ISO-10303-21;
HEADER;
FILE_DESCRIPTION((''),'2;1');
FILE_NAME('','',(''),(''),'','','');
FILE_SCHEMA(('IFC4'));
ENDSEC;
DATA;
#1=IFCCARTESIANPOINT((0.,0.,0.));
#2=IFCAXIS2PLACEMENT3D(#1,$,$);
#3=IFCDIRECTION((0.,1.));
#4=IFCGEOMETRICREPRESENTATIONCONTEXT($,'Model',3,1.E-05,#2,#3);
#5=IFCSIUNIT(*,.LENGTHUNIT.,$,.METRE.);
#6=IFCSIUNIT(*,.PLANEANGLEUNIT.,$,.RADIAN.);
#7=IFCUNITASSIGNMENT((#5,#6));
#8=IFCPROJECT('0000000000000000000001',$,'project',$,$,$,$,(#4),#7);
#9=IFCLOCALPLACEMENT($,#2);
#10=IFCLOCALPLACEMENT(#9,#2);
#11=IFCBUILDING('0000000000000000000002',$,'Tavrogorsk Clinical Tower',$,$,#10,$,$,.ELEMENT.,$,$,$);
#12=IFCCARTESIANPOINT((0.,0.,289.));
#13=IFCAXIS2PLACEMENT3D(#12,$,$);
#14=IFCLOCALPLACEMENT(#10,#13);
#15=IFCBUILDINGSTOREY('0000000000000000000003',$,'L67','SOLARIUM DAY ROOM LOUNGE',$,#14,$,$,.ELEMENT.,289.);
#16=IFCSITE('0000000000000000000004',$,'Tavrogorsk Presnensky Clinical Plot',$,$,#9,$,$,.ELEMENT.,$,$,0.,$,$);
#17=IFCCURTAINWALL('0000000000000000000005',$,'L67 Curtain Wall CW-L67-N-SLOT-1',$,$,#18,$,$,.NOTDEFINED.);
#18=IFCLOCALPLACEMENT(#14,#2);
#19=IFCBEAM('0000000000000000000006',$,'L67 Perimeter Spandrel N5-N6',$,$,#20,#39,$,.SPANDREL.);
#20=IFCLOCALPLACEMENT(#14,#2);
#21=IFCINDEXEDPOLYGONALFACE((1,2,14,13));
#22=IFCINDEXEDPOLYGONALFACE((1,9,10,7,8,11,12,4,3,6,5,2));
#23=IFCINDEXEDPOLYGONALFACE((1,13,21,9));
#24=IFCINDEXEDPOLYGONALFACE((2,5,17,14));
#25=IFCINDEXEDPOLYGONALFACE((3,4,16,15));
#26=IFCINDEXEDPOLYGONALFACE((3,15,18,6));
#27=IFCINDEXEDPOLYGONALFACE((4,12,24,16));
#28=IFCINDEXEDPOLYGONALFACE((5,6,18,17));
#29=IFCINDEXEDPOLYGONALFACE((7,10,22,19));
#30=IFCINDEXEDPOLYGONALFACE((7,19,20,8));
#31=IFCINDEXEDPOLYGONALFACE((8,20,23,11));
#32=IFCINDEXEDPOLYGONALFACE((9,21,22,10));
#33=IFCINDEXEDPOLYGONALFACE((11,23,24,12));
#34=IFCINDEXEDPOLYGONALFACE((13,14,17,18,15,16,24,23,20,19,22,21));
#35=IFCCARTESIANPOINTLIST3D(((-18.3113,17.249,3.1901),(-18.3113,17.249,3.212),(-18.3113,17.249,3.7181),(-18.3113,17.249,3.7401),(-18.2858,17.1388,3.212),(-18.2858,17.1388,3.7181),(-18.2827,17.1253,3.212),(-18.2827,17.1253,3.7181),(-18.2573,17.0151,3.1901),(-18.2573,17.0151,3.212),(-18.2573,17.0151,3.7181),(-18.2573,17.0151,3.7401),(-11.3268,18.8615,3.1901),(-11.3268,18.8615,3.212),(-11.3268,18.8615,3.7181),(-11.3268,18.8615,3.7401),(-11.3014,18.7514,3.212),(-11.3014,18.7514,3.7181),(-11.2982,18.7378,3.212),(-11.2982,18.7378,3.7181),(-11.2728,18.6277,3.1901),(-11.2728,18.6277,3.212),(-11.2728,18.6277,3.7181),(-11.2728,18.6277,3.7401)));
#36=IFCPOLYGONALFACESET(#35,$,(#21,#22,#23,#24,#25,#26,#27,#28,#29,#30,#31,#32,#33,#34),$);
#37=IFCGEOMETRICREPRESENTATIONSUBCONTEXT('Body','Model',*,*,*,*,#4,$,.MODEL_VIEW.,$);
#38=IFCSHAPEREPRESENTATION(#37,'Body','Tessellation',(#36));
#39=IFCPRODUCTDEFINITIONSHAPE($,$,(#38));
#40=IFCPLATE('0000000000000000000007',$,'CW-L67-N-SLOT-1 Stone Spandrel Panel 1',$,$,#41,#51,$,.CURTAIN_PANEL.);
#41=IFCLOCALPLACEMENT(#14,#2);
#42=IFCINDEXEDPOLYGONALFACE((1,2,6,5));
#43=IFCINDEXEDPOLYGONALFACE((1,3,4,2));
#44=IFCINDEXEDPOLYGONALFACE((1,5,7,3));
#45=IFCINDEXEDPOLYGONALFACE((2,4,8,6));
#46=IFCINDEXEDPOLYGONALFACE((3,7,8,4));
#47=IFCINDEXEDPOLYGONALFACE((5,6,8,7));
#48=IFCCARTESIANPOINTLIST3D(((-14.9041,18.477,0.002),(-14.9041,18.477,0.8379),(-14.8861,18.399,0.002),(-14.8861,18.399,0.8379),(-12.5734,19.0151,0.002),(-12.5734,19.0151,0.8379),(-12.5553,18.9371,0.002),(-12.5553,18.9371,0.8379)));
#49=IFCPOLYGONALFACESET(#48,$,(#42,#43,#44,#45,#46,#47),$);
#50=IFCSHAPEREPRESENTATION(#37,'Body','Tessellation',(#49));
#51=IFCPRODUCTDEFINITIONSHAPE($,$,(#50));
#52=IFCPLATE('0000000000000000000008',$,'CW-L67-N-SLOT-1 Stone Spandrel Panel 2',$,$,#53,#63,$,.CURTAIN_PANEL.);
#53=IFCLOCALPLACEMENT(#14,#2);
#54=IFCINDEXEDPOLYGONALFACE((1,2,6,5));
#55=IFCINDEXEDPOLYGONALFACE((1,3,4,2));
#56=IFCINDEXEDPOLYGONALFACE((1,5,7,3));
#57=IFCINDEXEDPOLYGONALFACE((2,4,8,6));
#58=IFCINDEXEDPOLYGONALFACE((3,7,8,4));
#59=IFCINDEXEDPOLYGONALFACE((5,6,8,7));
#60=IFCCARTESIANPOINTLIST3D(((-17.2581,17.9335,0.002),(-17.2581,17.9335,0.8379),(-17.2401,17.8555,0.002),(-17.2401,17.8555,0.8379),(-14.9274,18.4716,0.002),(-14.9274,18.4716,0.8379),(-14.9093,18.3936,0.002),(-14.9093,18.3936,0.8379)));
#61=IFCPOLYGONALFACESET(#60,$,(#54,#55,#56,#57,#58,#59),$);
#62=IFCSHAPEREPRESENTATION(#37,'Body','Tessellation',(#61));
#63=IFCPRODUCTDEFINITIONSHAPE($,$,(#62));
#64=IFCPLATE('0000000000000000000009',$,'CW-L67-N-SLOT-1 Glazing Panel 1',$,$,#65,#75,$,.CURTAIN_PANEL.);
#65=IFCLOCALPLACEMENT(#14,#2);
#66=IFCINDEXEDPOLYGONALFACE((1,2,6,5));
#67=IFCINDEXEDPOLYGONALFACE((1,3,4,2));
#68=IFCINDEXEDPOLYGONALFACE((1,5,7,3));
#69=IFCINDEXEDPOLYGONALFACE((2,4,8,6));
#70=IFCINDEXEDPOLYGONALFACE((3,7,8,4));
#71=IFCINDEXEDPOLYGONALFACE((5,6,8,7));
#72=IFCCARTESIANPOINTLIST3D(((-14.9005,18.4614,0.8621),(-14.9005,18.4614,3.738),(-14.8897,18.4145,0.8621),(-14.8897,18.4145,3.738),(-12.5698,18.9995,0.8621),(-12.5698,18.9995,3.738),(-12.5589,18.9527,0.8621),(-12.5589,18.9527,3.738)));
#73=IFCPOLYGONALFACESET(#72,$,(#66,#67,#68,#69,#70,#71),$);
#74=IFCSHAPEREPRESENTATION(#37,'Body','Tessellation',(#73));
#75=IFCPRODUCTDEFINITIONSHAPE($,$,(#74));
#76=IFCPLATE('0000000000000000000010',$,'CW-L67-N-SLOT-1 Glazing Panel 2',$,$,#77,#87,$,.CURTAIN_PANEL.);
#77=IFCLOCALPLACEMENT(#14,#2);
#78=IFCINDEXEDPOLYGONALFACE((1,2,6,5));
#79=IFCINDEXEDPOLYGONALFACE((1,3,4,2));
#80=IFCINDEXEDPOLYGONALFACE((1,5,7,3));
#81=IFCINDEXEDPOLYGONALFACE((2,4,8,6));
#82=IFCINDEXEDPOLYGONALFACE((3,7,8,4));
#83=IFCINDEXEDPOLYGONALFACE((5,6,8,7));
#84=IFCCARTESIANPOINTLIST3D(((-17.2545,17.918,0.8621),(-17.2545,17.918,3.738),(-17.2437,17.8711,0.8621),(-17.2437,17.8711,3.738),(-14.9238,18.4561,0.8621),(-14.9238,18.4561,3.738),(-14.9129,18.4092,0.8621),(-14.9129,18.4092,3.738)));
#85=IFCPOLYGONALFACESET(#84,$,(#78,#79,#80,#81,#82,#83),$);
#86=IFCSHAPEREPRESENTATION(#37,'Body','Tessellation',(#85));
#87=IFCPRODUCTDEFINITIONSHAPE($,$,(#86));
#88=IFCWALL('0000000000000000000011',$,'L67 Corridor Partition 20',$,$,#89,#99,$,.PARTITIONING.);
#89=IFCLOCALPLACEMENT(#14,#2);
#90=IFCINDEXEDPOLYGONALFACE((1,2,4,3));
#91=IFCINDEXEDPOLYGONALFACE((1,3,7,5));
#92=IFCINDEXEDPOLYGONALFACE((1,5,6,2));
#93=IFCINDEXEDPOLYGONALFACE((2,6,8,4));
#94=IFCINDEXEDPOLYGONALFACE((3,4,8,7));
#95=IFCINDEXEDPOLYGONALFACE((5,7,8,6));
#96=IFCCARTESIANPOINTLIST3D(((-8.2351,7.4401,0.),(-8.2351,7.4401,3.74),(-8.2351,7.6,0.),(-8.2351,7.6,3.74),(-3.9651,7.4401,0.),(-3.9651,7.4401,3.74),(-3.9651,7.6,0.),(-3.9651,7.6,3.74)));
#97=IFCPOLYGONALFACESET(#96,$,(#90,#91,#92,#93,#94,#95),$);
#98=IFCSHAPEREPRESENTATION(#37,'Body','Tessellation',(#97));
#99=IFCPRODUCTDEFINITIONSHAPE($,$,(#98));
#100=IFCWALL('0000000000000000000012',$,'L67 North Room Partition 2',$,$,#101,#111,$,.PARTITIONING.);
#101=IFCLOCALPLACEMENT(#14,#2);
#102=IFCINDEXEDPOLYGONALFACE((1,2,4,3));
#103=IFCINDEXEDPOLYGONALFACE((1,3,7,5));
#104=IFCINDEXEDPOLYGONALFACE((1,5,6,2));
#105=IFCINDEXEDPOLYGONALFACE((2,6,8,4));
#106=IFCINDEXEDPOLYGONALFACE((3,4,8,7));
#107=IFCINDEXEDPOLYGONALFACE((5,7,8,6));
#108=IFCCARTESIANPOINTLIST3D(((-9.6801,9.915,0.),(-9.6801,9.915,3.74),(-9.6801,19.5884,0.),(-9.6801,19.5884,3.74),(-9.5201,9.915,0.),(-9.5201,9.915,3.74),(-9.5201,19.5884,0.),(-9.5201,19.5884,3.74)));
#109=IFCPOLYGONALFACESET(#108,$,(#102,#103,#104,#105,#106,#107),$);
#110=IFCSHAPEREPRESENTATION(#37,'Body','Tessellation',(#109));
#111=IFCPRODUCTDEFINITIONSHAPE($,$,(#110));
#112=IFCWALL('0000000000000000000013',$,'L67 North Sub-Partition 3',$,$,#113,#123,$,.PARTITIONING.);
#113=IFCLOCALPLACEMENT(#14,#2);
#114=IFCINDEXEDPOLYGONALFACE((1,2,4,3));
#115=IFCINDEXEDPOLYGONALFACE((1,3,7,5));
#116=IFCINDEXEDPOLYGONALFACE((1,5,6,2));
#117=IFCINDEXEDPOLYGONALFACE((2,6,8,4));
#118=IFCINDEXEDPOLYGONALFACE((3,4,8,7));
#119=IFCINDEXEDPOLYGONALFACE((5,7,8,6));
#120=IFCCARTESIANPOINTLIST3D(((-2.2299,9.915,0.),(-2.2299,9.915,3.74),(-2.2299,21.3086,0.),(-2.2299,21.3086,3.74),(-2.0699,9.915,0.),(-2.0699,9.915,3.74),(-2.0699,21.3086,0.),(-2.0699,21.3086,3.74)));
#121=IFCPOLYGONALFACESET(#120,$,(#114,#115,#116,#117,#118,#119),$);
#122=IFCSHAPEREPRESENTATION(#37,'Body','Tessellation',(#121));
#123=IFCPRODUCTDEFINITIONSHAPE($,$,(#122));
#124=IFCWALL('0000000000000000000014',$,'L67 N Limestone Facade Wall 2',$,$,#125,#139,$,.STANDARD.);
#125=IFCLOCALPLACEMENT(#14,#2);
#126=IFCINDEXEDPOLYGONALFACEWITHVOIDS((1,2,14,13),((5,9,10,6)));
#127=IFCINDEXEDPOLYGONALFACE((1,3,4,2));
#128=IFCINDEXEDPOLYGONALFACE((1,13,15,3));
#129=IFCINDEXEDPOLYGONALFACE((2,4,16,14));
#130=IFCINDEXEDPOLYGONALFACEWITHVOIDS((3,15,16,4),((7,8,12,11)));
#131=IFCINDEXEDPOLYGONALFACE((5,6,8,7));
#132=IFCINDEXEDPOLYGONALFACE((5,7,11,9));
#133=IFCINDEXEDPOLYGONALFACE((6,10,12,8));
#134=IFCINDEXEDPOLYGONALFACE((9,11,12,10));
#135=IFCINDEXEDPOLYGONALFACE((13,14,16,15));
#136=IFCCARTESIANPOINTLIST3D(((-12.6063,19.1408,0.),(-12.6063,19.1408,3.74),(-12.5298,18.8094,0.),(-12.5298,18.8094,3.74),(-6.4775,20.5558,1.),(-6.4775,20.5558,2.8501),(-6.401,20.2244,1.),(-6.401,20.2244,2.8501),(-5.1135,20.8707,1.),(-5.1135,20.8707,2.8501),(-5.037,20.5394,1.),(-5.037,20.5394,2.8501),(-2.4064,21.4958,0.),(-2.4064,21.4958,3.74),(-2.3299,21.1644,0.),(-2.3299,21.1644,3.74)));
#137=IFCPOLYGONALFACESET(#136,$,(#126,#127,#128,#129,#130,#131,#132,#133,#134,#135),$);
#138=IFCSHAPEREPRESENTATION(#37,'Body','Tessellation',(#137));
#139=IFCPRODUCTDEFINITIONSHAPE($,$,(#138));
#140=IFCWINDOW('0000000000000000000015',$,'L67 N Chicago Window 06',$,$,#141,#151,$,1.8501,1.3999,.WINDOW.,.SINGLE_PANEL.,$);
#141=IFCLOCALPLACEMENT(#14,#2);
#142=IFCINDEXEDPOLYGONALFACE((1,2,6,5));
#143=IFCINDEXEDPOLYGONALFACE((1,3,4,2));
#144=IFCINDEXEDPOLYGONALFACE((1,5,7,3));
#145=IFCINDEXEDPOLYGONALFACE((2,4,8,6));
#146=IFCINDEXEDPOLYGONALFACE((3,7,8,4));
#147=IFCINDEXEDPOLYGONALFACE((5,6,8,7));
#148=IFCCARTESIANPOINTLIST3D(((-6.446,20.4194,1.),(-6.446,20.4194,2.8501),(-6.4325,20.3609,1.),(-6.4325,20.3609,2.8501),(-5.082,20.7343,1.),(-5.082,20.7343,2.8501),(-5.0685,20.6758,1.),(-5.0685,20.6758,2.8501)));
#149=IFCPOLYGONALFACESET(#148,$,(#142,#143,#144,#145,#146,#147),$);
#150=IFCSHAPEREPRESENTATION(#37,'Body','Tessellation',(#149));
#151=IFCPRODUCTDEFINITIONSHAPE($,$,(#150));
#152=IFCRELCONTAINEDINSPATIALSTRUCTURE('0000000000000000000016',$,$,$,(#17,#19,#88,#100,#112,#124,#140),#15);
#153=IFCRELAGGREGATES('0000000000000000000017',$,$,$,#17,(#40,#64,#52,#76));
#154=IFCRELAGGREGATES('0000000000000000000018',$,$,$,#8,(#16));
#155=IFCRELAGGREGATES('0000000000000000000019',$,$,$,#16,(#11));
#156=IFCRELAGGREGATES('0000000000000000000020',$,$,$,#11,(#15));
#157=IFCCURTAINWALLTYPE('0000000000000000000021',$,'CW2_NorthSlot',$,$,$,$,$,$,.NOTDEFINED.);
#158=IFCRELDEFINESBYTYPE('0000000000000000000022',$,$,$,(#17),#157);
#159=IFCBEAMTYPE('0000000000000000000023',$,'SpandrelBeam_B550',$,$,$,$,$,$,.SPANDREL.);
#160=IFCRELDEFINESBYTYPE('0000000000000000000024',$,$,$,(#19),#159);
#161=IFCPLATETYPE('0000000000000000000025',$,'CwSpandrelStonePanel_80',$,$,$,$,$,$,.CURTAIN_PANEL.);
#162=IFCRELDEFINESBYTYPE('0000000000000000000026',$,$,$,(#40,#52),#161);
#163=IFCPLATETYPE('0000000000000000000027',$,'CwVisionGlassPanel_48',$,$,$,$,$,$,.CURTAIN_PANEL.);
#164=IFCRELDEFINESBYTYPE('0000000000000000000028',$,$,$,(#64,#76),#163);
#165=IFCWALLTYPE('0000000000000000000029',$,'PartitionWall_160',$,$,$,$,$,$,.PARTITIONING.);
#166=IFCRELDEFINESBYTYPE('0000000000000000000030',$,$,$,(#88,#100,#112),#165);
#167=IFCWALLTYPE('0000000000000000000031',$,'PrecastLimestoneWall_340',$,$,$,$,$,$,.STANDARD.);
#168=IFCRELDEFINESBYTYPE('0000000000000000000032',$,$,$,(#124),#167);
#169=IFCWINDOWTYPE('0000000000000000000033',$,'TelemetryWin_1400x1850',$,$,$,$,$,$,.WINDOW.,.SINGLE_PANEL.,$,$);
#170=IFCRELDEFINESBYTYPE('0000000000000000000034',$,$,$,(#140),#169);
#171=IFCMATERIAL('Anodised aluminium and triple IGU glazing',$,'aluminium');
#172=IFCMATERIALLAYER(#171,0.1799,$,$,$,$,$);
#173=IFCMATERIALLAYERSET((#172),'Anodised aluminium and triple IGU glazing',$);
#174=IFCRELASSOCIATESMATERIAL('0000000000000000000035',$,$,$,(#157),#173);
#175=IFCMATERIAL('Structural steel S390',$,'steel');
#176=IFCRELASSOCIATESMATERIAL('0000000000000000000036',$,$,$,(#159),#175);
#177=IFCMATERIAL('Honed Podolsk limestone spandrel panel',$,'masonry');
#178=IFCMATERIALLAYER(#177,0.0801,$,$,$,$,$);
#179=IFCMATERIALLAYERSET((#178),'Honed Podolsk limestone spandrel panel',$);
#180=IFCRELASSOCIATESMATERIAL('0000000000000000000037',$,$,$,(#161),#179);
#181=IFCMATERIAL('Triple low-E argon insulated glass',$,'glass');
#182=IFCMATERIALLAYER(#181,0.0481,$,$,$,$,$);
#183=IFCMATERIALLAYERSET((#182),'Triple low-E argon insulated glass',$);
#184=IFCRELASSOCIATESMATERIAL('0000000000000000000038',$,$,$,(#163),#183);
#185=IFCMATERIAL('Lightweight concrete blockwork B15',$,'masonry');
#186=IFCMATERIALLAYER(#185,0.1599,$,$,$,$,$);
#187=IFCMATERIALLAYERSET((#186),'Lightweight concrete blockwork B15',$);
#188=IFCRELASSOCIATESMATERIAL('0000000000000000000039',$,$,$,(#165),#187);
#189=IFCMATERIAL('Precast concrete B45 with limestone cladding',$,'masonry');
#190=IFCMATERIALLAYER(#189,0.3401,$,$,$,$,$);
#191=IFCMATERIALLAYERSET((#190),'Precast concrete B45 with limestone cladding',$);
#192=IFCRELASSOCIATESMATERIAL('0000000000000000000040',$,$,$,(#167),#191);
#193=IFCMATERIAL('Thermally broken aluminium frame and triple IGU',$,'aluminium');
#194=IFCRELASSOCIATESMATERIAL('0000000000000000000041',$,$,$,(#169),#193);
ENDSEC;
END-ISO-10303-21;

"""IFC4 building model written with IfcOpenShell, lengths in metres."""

from ifc_helpers import new_model, si_unit, direction, frame, frame_2d, origin, origin_2d, place, context, subcontext, project, spatial, rectangle, i_section, extrude, material, layer, layer_set, material_profile, profile_set, type_object, element, fill, aggregate, save


model = new_model("IFC4")

# Units and contexts
model_context = context("Model", 3, precision=1e-05, world=origin(), true_north=direction((0.0, 1.0)))
body_context = subcontext(model_context, "Body", "Model", "MODEL_VIEW")
ifc_project = project(units=[si_unit("LENGTHUNIT", "METRE"), si_unit("PLANEANGLEUNIT", "RADIAN")], contexts=[model_context])

# Site, building, storey
site_placement = place(None, origin())
site = spatial("IfcSite", under=ifc_project, at=site_placement, Name="Tavrogorsk Presnensky Clinical Plot", CompositionType="ELEMENT", RefElevation=0.0)
building_placement = place(site_placement, origin())
building = spatial("IfcBuilding", under=site, at=building_placement, Name="Tavrogorsk Clinical Tower", CompositionType="ELEMENT")
storey_placement = place(building_placement, frame((0.0, 0.0, 289.0)))
storey = spatial("IfcBuildingStorey", under=building, at=storey_placement, Name="L67", Description="SOLARIUM DAY ROOM LOUNGE", CompositionType="ELEMENT", Elevation=289.0)

# Curtain wall
ifc_material_1 = material(Name="Anodised aluminium and triple IGU glazing", Category="aluminium")
ifc_layer_1 = layer(ifc_material_1, 0.1799)
ifc_layer_set_1 = layer_set([ifc_layer_1], Name="Anodised aluminium and triple IGU glazing")
curtain_wall_type = type_object("IfcCurtainWallType", Name="CW2_NorthSlot", PredefinedType="NOTDEFINED", material=ifc_layer_set_1)
curtain_wall_1_placement = place(storey_placement, origin())
curtain_wall_1 = element("IfcCurtainWall", 1, at=curtain_wall_1_placement, inside=storey, type_object=curtain_wall_type, Name="L67 Curtain Wall CW-L67-N-SLOT-1", PredefinedType="NOTDEFINED")

# Beam
ifc_material_2 = material(Name="Structural steel S390", Category="steel")
ifc_material_profile_1 = material_profile(ifc_material_2, i_section(OverallWidth=0.24, OverallDepth=0.55, WebThickness=0.0139, FlangeThickness=0.022, at=origin_2d()), Name="B-550x240x14x22")
ifc_profile_set_1 = profile_set([ifc_material_profile_1], Name="Structural steel S390")
beam_type = type_object("IfcBeamType", Name="SpandrelBeam_B550", PredefinedType="SPANDREL", material=ifc_profile_set_1)
for number, where, z_axis, x_axis, name in (
    (2, (-11.2998, 18.7446, 3.4651), (-0.974368, -0.224961, 0.0), (0.224961, -0.974368, 0.0), "L67 Perimeter Spandrel N5-N6"),
):
    element("IfcBeam", number, at=place(storey_placement, frame(where, z_axis=z_axis, x_axis=x_axis)), inside=storey, type_object=beam_type, Name=name, PredefinedType="SPANDREL", context=body_context, shape_type="SweptSolid", body=[
        extrude(i_section(OverallWidth=0.24, OverallDepth=0.55, WebThickness=0.0139, FlangeThickness=0.022, at=origin_2d()), origin(), (0.0, 0.0, 1.0), 7.1682),
    ])

# Plates
ifc_material_3 = material(Name="Honed Podolsk limestone spandrel panel", Category="masonry")
ifc_layer_2 = layer(ifc_material_3, 0.0801)
ifc_layer_set_2 = layer_set([ifc_layer_2], Name="Honed Podolsk limestone spandrel panel")
plate_type_1 = type_object("IfcPlateType", Name="CwSpandrelStonePanel_80", PredefinedType="CURTAIN_PANEL", material=ifc_layer_set_2)
plate_1_placement = place(storey_placement, frame((-13.7297, 18.707, 0.002), z_axis=(0.0, 0.0, 1.0), x_axis=(-0.97437, -0.224951, 0.0)))
plate_1 = element("IfcPlate", 3, at=plate_1_placement, type_object=plate_type_1, Name="CW-L67-N-SLOT-1 Stone Spandrel Panel 1", PredefinedType="CURTAIN_PANEL", context=body_context, shape_type="SweptSolid", body=[
    extrude(rectangle(XDim=2.3921, YDim=0.0801, at=origin_2d()), origin(), (0.0, 0.0, 1.0), 0.8359),
])
plate_2_placement = place(storey_placement, frame((-16.0837, 18.1636, 0.002), z_axis=(0.0, 0.0, 1.0), x_axis=(-0.97437, -0.224951, 0.0)))
plate_2 = element("IfcPlate", 4, at=plate_2_placement, type_object=plate_type_1, Name="CW-L67-N-SLOT-1 Stone Spandrel Panel 2", PredefinedType="CURTAIN_PANEL", context=body_context, shape_type="SweptSolid", body=[
    extrude(rectangle(XDim=2.3921, YDim=0.0801, at=origin_2d()), origin(), (0.0, 0.0, 1.0), 0.8359),
])
ifc_material_4 = material(Name="Triple low-E argon insulated glass", Category="glass")
ifc_layer_3 = layer(ifc_material_4, 0.0481)
ifc_layer_set_3 = layer_set([ifc_layer_3], Name="Triple low-E argon insulated glass")
plate_type_2 = type_object("IfcPlateType", Name="CwVisionGlassPanel_48", PredefinedType="CURTAIN_PANEL", material=ifc_layer_set_3)
plate_3_placement = place(storey_placement, frame((-13.7297, 18.707, 0.8621), z_axis=(0.0, 0.0, 1.0), x_axis=(-0.97437, -0.224951, 0.0)))
plate_3 = element("IfcPlate", 5, at=plate_3_placement, type_object=plate_type_2, Name="CW-L67-N-SLOT-1 Glazing Panel 1", PredefinedType="CURTAIN_PANEL", context=body_context, shape_type="SweptSolid", body=[
    extrude(rectangle(XDim=2.3921, YDim=0.0481, at=origin_2d()), origin(), (0.0, 0.0, 1.0), 2.876),
])
plate_4_placement = place(storey_placement, frame((-16.0837, 18.1636, 0.8621), z_axis=(0.0, 0.0, 1.0), x_axis=(-0.97437, -0.224951, 0.0)))
plate_4 = element("IfcPlate", 6, at=plate_4_placement, type_object=plate_type_2, Name="CW-L67-N-SLOT-1 Glazing Panel 2", PredefinedType="CURTAIN_PANEL", context=body_context, shape_type="SweptSolid", body=[
    extrude(rectangle(XDim=2.3921, YDim=0.0481, at=origin_2d()), origin(), (0.0, 0.0, 1.0), 2.876),
])
aggregate(curtain_wall_1, [plate_1, plate_3, plate_2, plate_4])

# Walls
ifc_material_5 = material(Name="Lightweight concrete blockwork B15", Category="masonry")
ifc_layer_4 = layer(ifc_material_5, 0.1599)
ifc_layer_set_4 = layer_set([ifc_layer_4], Name="Lightweight concrete blockwork B15")
wall_type_1 = type_object("IfcWallType", Name="PartitionWall_160", PredefinedType="PARTITIONING", material=ifc_layer_set_4)
wall_1_placement = place(storey_placement, frame((-3.9651, 7.52, 0.0), z_axis=(0.0, 0.0, 1.0), x_axis=(-1.0, 0.0, 0.0)))
element("IfcWall", 7, at=wall_1_placement, inside=storey, type_object=wall_type_1, Name="L67 Corridor Partition 20", PredefinedType="PARTITIONING", context=body_context, shape_type="SweptSolid", body=[
    extrude(rectangle(XDim=4.27, YDim=0.1599, at=frame_2d((2.135, 0.0))), origin(), (0.0, 0.0, 1.0), 3.74),
])
wall_2_placement = place(storey_placement, frame((-9.6001, 9.915, 0.0), z_axis=(0.0, 0.0, 1.0), x_axis=(0.0, 1.0, 0.0)))
element("IfcWall", 8, at=wall_2_placement, inside=storey, type_object=wall_type_1, Name="L67 North Room Partition 2", PredefinedType="PARTITIONING", context=body_context, shape_type="SweptSolid", body=[
    extrude(rectangle(XDim=9.6733, YDim=0.1599, at=frame_2d((4.8367, 0.0))), origin(), (0.0, 0.0, 1.0), 3.74),
])
wall_3_placement = place(storey_placement, frame((-2.1499, 9.915, 0.0), z_axis=(0.0, 0.0, 1.0), x_axis=(0.0, 1.0, 0.0)))
element("IfcWall", 9, at=wall_3_placement, inside=storey, type_object=wall_type_1, Name="L67 North Sub-Partition 3", PredefinedType="PARTITIONING", context=body_context, shape_type="SweptSolid", body=[
    extrude(rectangle(XDim=11.3936, YDim=0.1599, at=frame_2d((5.6968, 0.0))), origin(), (0.0, 0.0, 1.0), 3.74),
])

# Wall, opening, window
ifc_material_6 = material(Name="Precast concrete B45 with limestone cladding", Category="masonry")
ifc_layer_5 = layer(ifc_material_6, 0.3401)
ifc_layer_set_5 = layer_set([ifc_layer_5], Name="Precast concrete B45 with limestone cladding")
wall_type_2 = type_object("IfcWallType", Name="PrecastLimestoneWall_340", PredefinedType="STANDARD", material=ifc_layer_set_5)
wall_4_placement = place(storey_placement, frame((-2.3682, 21.3301, 0.0), z_axis=(0.0, 0.0, 1.0), x_axis=(-0.974367, -0.224963, 0.0)))
wall_4 = element("IfcWall", 10, at=wall_4_placement, inside=storey, type_object=wall_type_2, Name="L67 N Limestone Facade Wall 2", PredefinedType="STANDARD", context=body_context, shape_type="SweptSolid", body=[
    extrude(rectangle(XDim=10.4683, YDim=0.3401, at=frame_2d((5.2341, 0.0))), origin(), (0.0, 0.0, 1.0), 3.74),
])
opening_1_placement = place(wall_4_placement, frame((2.7783, 0.0, 1.0)))
opening_1 = element("IfcOpeningElement", 11, at=opening_1_placement, cuts=wall_4, PredefinedType="OPENING", context=body_context, shape_type="SweptSolid", body=[
    extrude(rectangle(XDim=1.3999, YDim=1.8501, at=frame_2d((0.7, 0.925))), frame((0.0, 0.1799, 0.0), z_axis=(0.0, -1.0, 0.0), x_axis=(1.0, 0.0, 0.0)), (0.0, 0.0, 1.0), 0.3601),
])
ifc_material_7 = material(Name="Thermally broken aluminium frame and triple IGU", Category="aluminium")
window_type_1 = type_object("IfcWindowType", Name="TelemetryWin_1400x1850", PartitioningType="SINGLE_PANEL", PredefinedType="WINDOW", material=ifc_material_7)
window_1_placement = place(opening_1_placement, origin())
window_1 = element("IfcWindow", 12, at=window_1_placement, inside=storey, type_object=window_type_1, Name="L67 N Chicago Window 06", OverallHeight=1.8501, OverallWidth=1.3999, PartitioningType="SINGLE_PANEL", PredefinedType="WINDOW", context=body_context, shape_type="SweptSolid", body=[
    extrude(rectangle(XDim=1.3999, YDim=1.8501, at=frame_2d((0.7, 0.925))), frame((0.0, 0.03, 0.0), z_axis=(0.0, -1.0, 0.0), x_axis=(1.0, 0.0, 0.0)), (0.0, 0.0, 1.0), 0.0601),
])
fill(opening_1, window_1)

save(model, "model.ifc")
